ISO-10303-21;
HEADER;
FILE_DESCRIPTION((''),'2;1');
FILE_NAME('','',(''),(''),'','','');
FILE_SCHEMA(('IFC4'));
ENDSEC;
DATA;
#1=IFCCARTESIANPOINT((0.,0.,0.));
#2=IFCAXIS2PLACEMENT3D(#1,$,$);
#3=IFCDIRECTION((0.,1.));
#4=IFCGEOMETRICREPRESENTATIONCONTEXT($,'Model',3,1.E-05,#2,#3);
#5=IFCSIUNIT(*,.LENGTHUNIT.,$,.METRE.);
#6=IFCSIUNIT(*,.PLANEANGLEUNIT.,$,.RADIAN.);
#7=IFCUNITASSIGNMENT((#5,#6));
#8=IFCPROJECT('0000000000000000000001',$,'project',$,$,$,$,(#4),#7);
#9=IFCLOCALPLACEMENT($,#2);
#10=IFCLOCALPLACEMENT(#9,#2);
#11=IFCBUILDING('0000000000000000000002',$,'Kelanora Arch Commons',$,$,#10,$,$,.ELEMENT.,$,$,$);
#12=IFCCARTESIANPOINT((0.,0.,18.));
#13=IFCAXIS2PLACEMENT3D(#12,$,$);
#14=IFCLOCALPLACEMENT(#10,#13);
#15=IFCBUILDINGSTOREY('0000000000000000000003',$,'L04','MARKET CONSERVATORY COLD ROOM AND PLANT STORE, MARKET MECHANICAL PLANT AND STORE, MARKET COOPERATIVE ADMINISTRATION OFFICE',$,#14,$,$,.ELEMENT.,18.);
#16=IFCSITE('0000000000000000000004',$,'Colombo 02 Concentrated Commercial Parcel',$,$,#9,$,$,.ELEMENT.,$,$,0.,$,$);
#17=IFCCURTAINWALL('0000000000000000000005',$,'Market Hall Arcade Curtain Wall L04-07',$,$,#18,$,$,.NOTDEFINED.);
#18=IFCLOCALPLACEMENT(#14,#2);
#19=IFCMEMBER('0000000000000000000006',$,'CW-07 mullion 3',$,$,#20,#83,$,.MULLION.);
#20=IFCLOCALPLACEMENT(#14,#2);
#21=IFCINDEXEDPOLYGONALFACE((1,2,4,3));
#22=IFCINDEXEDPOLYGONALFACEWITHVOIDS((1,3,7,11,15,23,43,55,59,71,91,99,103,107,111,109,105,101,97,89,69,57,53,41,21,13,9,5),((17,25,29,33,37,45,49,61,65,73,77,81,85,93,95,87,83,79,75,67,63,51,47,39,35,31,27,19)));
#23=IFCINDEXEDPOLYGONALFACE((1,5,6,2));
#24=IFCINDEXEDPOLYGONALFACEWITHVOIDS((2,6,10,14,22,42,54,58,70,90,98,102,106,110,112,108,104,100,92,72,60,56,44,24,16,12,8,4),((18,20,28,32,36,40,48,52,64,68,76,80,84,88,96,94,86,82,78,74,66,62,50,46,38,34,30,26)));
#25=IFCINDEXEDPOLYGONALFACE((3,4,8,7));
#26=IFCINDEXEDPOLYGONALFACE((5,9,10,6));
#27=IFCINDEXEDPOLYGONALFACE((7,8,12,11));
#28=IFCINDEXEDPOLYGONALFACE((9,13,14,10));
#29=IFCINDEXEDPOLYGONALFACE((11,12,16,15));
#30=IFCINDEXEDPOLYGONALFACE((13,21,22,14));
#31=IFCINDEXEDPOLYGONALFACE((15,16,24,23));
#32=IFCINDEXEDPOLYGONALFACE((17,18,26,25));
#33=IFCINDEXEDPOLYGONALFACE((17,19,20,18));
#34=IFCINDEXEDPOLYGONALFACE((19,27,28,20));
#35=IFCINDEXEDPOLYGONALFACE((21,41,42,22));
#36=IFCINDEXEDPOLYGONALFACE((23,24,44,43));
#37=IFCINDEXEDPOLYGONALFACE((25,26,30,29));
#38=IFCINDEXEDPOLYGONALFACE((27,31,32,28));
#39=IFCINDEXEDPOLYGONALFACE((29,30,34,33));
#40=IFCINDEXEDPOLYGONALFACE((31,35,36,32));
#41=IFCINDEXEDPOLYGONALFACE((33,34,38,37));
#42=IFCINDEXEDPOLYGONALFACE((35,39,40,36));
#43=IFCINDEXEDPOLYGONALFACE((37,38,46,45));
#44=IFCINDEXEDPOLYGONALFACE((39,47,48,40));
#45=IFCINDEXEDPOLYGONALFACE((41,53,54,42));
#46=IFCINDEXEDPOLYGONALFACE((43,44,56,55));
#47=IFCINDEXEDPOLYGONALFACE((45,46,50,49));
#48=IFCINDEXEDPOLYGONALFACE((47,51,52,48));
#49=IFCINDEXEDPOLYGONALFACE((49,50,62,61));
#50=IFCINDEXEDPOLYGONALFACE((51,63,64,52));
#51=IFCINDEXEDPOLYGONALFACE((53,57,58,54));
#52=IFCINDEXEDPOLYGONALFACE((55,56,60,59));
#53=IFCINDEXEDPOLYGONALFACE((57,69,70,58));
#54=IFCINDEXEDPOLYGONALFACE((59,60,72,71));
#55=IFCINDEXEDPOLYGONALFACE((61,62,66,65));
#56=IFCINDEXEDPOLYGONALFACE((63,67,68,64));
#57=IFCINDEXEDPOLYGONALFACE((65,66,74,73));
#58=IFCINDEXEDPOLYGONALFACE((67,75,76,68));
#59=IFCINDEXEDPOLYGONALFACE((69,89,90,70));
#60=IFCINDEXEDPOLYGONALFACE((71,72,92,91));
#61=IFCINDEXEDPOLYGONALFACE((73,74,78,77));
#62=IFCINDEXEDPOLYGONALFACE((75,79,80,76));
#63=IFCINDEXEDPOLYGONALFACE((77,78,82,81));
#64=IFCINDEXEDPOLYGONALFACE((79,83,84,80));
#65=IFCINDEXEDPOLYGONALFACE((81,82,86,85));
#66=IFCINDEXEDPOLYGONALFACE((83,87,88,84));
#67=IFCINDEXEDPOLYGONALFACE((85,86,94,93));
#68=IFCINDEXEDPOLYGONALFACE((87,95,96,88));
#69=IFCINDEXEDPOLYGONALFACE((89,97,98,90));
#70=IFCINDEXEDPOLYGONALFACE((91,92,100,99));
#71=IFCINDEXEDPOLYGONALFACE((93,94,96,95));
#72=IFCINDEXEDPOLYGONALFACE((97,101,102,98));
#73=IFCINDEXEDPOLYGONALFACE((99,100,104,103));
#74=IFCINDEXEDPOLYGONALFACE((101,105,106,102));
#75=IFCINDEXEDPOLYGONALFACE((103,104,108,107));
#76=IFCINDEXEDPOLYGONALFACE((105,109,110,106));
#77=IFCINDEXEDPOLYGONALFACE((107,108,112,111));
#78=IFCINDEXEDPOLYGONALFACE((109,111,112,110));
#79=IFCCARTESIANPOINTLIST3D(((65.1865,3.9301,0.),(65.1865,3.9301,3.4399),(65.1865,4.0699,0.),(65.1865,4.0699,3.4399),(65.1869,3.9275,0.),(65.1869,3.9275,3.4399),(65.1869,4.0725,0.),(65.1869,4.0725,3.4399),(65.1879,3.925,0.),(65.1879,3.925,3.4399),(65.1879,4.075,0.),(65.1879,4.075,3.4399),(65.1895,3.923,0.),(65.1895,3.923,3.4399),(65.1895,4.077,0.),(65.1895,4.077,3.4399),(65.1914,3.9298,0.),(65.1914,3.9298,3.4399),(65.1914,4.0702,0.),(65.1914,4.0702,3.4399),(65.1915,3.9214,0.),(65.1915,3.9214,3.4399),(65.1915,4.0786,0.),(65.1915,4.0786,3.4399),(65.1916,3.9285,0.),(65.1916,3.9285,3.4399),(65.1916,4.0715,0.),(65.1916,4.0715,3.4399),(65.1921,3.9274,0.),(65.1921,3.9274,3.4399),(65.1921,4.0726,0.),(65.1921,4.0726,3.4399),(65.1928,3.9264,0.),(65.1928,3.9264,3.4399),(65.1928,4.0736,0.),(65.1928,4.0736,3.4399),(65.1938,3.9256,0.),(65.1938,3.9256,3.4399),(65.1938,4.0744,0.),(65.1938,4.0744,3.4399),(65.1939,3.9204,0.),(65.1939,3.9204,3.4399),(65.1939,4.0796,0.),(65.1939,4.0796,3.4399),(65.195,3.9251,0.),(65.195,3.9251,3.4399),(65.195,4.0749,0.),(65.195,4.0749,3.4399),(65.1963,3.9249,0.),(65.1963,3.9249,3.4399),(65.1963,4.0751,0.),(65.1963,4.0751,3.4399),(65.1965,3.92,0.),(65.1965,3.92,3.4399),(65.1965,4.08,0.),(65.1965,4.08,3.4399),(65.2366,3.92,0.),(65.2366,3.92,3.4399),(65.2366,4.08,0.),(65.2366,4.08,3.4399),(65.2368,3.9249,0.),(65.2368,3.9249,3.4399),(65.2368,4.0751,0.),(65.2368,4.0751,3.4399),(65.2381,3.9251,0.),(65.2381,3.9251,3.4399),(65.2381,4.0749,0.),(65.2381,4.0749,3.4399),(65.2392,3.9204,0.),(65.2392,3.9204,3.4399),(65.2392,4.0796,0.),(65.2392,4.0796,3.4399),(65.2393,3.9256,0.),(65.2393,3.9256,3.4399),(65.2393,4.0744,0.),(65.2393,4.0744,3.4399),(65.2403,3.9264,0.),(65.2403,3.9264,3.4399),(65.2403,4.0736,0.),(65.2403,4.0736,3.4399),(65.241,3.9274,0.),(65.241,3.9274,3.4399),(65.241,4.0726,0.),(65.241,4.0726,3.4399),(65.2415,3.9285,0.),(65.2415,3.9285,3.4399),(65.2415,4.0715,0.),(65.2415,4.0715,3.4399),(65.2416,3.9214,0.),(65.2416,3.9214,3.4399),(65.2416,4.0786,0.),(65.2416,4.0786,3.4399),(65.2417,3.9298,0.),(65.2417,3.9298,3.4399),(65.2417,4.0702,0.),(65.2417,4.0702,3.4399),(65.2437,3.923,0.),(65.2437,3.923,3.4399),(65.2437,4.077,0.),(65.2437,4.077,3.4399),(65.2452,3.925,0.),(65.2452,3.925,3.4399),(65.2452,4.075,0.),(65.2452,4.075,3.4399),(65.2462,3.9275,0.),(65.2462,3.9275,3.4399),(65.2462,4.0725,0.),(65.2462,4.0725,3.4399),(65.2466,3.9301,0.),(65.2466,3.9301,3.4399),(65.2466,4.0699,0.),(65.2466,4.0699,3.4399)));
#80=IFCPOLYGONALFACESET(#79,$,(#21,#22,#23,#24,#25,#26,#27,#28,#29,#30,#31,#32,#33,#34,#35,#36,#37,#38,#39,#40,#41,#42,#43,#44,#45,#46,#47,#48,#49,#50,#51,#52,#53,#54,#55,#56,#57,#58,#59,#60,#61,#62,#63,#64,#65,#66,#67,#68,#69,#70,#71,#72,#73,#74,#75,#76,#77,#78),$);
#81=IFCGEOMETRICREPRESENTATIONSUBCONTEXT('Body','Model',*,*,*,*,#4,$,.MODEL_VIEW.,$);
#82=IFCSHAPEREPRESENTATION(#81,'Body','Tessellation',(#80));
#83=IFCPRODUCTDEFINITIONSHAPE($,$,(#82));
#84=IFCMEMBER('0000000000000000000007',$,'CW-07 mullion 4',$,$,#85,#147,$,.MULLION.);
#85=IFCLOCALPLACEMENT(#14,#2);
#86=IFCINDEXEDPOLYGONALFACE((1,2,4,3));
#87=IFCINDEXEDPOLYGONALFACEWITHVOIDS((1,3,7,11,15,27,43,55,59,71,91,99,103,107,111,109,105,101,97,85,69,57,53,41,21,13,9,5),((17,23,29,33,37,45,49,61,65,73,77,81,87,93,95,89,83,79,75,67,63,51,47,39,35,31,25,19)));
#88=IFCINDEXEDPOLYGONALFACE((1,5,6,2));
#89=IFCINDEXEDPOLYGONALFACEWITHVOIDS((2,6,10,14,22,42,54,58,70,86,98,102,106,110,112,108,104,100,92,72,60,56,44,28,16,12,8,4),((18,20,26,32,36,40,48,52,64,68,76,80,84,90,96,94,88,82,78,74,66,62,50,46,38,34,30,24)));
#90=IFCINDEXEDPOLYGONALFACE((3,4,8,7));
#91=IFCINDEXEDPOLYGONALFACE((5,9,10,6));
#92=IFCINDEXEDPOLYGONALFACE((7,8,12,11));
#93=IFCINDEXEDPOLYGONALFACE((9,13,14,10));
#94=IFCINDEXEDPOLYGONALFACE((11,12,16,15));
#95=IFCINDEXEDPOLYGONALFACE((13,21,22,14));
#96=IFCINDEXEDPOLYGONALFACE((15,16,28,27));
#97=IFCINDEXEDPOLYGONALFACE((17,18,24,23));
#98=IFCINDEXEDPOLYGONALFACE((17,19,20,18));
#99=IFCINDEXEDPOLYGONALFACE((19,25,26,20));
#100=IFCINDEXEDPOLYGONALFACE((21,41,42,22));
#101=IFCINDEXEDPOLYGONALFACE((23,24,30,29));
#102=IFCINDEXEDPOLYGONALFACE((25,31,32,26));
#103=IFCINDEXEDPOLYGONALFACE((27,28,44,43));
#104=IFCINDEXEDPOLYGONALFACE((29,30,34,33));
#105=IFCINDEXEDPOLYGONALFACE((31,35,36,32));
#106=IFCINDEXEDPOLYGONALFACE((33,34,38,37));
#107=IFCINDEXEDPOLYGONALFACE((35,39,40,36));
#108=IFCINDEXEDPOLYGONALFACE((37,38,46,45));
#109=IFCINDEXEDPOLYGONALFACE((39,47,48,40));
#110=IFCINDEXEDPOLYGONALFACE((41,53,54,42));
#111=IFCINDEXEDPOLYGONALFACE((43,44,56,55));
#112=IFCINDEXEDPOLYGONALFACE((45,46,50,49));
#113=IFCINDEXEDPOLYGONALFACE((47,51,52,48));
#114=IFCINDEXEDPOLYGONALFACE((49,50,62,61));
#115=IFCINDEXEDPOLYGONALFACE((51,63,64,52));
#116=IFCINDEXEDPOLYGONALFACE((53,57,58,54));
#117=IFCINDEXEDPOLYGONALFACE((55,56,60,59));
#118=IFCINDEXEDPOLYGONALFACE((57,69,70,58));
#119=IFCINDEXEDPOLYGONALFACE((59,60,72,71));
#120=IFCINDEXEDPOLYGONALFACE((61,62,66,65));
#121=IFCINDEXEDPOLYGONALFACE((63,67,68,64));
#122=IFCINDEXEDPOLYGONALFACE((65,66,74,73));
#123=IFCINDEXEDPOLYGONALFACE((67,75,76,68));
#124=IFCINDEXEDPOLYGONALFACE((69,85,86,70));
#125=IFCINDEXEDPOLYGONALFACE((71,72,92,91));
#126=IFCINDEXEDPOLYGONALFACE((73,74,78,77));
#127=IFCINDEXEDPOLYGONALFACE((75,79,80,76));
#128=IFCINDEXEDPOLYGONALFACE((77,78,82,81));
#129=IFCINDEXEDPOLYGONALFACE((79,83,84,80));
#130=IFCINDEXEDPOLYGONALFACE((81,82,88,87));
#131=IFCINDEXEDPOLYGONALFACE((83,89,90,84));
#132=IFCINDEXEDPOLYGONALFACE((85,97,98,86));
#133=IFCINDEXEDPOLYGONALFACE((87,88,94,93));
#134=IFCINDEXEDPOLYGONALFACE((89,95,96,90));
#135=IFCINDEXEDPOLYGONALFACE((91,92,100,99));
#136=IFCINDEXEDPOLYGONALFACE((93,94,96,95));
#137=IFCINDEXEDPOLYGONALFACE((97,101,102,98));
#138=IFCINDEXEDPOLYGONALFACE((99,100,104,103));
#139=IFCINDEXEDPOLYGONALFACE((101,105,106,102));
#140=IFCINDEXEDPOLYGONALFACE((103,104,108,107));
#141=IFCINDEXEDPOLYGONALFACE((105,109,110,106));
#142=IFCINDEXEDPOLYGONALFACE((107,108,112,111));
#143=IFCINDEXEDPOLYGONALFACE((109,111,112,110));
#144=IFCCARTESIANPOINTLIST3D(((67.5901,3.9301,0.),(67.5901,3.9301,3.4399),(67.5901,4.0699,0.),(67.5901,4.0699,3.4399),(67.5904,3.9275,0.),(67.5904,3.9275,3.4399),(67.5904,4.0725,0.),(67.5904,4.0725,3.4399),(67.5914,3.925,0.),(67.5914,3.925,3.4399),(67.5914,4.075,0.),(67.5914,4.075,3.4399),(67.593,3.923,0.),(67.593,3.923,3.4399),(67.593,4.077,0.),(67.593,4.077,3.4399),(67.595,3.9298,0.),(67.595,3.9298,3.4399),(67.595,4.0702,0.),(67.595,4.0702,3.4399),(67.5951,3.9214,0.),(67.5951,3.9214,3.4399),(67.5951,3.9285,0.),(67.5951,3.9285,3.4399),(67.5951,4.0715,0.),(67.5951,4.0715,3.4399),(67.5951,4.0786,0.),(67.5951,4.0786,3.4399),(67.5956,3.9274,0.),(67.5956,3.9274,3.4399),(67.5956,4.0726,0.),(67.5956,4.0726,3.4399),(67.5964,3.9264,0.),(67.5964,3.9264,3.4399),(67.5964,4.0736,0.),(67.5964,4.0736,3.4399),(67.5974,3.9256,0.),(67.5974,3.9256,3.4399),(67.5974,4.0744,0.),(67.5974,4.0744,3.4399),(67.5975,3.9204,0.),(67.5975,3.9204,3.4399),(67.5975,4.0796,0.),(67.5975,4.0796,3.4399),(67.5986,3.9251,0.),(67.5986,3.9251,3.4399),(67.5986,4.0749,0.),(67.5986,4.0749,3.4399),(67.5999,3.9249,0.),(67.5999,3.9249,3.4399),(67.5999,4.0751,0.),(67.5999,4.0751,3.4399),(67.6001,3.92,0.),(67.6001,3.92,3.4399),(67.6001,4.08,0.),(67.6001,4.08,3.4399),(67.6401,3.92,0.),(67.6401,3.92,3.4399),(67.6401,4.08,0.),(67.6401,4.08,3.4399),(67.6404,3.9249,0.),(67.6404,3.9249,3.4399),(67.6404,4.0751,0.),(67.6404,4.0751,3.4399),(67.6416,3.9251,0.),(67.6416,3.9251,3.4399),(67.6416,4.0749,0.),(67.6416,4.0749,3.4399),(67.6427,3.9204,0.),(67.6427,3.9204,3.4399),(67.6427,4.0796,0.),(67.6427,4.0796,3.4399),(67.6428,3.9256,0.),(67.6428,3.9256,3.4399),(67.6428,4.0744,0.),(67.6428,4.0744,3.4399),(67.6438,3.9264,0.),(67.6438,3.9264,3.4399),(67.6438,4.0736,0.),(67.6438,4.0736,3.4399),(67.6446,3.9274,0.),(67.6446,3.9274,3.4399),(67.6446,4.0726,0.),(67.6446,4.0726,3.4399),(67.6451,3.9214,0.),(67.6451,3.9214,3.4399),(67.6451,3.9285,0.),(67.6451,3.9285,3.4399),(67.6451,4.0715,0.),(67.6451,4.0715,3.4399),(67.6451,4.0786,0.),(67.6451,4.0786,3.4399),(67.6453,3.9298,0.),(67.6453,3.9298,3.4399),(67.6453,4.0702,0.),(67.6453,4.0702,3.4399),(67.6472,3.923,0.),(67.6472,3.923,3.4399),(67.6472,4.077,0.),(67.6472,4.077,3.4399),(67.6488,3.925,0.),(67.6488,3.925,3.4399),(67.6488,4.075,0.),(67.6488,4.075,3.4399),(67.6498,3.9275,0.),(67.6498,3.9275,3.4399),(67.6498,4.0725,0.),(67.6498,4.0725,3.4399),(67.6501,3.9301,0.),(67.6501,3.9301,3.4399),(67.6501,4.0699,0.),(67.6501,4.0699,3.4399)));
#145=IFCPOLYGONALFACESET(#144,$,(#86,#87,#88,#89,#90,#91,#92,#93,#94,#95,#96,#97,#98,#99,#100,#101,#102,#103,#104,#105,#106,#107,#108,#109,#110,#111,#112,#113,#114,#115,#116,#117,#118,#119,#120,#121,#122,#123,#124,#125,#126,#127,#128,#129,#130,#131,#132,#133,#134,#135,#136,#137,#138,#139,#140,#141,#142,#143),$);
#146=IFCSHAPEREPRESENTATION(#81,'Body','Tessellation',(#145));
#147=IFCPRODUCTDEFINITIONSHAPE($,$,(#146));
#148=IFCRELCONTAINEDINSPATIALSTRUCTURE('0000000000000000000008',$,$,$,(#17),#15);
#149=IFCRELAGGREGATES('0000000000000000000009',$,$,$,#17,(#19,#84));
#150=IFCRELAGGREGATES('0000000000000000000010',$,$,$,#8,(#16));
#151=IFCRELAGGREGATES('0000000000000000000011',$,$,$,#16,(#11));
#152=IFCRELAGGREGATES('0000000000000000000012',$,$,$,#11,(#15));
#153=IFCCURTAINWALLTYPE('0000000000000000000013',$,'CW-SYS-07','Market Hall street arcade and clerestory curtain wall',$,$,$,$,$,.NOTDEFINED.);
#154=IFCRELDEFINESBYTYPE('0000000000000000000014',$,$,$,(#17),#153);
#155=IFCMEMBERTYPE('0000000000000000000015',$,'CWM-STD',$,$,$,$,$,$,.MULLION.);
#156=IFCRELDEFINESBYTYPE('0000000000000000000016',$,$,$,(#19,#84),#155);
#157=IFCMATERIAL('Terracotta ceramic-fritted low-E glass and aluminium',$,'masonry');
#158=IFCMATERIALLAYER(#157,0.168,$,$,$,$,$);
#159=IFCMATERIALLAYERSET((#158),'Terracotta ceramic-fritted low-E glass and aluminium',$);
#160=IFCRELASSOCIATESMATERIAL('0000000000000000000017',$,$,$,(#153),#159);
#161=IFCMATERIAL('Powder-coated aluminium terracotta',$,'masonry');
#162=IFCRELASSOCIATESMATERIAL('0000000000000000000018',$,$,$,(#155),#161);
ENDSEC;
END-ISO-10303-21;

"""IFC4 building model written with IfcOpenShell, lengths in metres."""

from ifc_helpers import new_model, si_unit, direction, frame, origin, origin_2d, place, context, subcontext, project, spatial, hollow_rectangle, extrude, material, layer, layer_set, material_profile, profile_set, type_object, element, aggregate, save


model = new_model("IFC4")

# Units and contexts
model_context = context("Model", 3, precision=1e-05, world=origin(), true_north=direction((0.0, 1.0)))
body_context = subcontext(model_context, "Body", "Model", "MODEL_VIEW")
ifc_project = project(units=[si_unit("LENGTHUNIT", "METRE"), si_unit("PLANEANGLEUNIT", "RADIAN")], contexts=[model_context])

# Site, building, storey
site_placement = place(None, origin())
site = spatial("IfcSite", under=ifc_project, at=site_placement, Name="Colombo 02 Concentrated Commercial Parcel", CompositionType="ELEMENT", RefElevation=0.0)
building_placement = place(site_placement, origin())
building = spatial("IfcBuilding", under=site, at=building_placement, Name="Kelanora Arch Commons", CompositionType="ELEMENT")
storey_placement = place(building_placement, frame((0.0, 0.0, 18.0)))
storey = spatial("IfcBuildingStorey", under=building, at=storey_placement, Name="L04", Description="MARKET CONSERVATORY COLD ROOM AND PLANT STORE, MARKET MECHANICAL PLANT AND STORE, MARKET COOPERATIVE ADMINISTRATION OFFICE", CompositionType="ELEMENT", Elevation=18.0)

# Curtain wall, members
ifc_material_1 = material(Name="Terracotta ceramic-fritted low-E glass and aluminium", Category="masonry")
ifc_layer_1 = layer(ifc_material_1, 0.168)
ifc_layer_set_1 = layer_set([ifc_layer_1], Name="Terracotta ceramic-fritted low-E glass and aluminium")
curtain_wall_type = type_object("IfcCurtainWallType", Name="CW-SYS-07", Description="Market Hall street arcade and clerestory curtain wall", PredefinedType="NOTDEFINED", material=ifc_layer_set_1)
curtain_wall_placement = place(storey_placement, origin())
curtain_wall = element("IfcCurtainWall", 1, at=curtain_wall_placement, inside=storey, type_object=curtain_wall_type, Name="Market Hall Arcade Curtain Wall L04-07", PredefinedType="NOTDEFINED")
ifc_material_2 = material(Name="Powder-coated aluminium terracotta", Category="masonry")
ifc_material_profile_1 = material_profile(ifc_material_2, hollow_rectangle(XDim=0.1599, YDim=0.0601, WallThickness=0.0049, InnerFilletRadius=0.0049, OuterFilletRadius=0.01, at=origin_2d()), Name="CWM160x60")
ifc_profile_set_1 = profile_set([ifc_material_profile_1], Name="Powder-coated aluminium terracotta")
member_type_1 = type_object("IfcMemberType", Name="CWM-STD", PredefinedType="MULLION", material=ifc_profile_set_1)
member_1_placement = place(storey_placement, frame((65.2166, 4.0, 0.0), z_axis=(0.0, 0.0, 1.0), x_axis=(0.0, 1.0, 0.0)))
member_1 = element("IfcMember", 2, at=member_1_placement, type_object=member_type_1, Name="CW-07 mullion 3", PredefinedType="MULLION", context=body_context, shape_type="SweptSolid", body=[
    extrude(hollow_rectangle(XDim=0.1599, YDim=0.0601, WallThickness=0.0049, InnerFilletRadius=0.0049, OuterFilletRadius=0.01, at=origin_2d()), origin(), (0.0, 0.0, 1.0), 3.4399),
])
member_2_placement = place(storey_placement, frame((67.6201, 4.0, 0.0), z_axis=(0.0, 0.0, 1.0), x_axis=(0.0, 1.0, 0.0)))
member_2 = element("IfcMember", 3, at=member_2_placement, type_object=member_type_1, Name="CW-07 mullion 4", PredefinedType="MULLION", context=body_context, shape_type="SweptSolid", body=[
    extrude(hollow_rectangle(XDim=0.1599, YDim=0.0601, WallThickness=0.0049, InnerFilletRadius=0.0049, OuterFilletRadius=0.01, at=origin_2d()), origin(), (0.0, 0.0, 1.0), 3.4399),
])
aggregate(curtain_wall, [member_1, member_2])

save(model, "model.ifc")
